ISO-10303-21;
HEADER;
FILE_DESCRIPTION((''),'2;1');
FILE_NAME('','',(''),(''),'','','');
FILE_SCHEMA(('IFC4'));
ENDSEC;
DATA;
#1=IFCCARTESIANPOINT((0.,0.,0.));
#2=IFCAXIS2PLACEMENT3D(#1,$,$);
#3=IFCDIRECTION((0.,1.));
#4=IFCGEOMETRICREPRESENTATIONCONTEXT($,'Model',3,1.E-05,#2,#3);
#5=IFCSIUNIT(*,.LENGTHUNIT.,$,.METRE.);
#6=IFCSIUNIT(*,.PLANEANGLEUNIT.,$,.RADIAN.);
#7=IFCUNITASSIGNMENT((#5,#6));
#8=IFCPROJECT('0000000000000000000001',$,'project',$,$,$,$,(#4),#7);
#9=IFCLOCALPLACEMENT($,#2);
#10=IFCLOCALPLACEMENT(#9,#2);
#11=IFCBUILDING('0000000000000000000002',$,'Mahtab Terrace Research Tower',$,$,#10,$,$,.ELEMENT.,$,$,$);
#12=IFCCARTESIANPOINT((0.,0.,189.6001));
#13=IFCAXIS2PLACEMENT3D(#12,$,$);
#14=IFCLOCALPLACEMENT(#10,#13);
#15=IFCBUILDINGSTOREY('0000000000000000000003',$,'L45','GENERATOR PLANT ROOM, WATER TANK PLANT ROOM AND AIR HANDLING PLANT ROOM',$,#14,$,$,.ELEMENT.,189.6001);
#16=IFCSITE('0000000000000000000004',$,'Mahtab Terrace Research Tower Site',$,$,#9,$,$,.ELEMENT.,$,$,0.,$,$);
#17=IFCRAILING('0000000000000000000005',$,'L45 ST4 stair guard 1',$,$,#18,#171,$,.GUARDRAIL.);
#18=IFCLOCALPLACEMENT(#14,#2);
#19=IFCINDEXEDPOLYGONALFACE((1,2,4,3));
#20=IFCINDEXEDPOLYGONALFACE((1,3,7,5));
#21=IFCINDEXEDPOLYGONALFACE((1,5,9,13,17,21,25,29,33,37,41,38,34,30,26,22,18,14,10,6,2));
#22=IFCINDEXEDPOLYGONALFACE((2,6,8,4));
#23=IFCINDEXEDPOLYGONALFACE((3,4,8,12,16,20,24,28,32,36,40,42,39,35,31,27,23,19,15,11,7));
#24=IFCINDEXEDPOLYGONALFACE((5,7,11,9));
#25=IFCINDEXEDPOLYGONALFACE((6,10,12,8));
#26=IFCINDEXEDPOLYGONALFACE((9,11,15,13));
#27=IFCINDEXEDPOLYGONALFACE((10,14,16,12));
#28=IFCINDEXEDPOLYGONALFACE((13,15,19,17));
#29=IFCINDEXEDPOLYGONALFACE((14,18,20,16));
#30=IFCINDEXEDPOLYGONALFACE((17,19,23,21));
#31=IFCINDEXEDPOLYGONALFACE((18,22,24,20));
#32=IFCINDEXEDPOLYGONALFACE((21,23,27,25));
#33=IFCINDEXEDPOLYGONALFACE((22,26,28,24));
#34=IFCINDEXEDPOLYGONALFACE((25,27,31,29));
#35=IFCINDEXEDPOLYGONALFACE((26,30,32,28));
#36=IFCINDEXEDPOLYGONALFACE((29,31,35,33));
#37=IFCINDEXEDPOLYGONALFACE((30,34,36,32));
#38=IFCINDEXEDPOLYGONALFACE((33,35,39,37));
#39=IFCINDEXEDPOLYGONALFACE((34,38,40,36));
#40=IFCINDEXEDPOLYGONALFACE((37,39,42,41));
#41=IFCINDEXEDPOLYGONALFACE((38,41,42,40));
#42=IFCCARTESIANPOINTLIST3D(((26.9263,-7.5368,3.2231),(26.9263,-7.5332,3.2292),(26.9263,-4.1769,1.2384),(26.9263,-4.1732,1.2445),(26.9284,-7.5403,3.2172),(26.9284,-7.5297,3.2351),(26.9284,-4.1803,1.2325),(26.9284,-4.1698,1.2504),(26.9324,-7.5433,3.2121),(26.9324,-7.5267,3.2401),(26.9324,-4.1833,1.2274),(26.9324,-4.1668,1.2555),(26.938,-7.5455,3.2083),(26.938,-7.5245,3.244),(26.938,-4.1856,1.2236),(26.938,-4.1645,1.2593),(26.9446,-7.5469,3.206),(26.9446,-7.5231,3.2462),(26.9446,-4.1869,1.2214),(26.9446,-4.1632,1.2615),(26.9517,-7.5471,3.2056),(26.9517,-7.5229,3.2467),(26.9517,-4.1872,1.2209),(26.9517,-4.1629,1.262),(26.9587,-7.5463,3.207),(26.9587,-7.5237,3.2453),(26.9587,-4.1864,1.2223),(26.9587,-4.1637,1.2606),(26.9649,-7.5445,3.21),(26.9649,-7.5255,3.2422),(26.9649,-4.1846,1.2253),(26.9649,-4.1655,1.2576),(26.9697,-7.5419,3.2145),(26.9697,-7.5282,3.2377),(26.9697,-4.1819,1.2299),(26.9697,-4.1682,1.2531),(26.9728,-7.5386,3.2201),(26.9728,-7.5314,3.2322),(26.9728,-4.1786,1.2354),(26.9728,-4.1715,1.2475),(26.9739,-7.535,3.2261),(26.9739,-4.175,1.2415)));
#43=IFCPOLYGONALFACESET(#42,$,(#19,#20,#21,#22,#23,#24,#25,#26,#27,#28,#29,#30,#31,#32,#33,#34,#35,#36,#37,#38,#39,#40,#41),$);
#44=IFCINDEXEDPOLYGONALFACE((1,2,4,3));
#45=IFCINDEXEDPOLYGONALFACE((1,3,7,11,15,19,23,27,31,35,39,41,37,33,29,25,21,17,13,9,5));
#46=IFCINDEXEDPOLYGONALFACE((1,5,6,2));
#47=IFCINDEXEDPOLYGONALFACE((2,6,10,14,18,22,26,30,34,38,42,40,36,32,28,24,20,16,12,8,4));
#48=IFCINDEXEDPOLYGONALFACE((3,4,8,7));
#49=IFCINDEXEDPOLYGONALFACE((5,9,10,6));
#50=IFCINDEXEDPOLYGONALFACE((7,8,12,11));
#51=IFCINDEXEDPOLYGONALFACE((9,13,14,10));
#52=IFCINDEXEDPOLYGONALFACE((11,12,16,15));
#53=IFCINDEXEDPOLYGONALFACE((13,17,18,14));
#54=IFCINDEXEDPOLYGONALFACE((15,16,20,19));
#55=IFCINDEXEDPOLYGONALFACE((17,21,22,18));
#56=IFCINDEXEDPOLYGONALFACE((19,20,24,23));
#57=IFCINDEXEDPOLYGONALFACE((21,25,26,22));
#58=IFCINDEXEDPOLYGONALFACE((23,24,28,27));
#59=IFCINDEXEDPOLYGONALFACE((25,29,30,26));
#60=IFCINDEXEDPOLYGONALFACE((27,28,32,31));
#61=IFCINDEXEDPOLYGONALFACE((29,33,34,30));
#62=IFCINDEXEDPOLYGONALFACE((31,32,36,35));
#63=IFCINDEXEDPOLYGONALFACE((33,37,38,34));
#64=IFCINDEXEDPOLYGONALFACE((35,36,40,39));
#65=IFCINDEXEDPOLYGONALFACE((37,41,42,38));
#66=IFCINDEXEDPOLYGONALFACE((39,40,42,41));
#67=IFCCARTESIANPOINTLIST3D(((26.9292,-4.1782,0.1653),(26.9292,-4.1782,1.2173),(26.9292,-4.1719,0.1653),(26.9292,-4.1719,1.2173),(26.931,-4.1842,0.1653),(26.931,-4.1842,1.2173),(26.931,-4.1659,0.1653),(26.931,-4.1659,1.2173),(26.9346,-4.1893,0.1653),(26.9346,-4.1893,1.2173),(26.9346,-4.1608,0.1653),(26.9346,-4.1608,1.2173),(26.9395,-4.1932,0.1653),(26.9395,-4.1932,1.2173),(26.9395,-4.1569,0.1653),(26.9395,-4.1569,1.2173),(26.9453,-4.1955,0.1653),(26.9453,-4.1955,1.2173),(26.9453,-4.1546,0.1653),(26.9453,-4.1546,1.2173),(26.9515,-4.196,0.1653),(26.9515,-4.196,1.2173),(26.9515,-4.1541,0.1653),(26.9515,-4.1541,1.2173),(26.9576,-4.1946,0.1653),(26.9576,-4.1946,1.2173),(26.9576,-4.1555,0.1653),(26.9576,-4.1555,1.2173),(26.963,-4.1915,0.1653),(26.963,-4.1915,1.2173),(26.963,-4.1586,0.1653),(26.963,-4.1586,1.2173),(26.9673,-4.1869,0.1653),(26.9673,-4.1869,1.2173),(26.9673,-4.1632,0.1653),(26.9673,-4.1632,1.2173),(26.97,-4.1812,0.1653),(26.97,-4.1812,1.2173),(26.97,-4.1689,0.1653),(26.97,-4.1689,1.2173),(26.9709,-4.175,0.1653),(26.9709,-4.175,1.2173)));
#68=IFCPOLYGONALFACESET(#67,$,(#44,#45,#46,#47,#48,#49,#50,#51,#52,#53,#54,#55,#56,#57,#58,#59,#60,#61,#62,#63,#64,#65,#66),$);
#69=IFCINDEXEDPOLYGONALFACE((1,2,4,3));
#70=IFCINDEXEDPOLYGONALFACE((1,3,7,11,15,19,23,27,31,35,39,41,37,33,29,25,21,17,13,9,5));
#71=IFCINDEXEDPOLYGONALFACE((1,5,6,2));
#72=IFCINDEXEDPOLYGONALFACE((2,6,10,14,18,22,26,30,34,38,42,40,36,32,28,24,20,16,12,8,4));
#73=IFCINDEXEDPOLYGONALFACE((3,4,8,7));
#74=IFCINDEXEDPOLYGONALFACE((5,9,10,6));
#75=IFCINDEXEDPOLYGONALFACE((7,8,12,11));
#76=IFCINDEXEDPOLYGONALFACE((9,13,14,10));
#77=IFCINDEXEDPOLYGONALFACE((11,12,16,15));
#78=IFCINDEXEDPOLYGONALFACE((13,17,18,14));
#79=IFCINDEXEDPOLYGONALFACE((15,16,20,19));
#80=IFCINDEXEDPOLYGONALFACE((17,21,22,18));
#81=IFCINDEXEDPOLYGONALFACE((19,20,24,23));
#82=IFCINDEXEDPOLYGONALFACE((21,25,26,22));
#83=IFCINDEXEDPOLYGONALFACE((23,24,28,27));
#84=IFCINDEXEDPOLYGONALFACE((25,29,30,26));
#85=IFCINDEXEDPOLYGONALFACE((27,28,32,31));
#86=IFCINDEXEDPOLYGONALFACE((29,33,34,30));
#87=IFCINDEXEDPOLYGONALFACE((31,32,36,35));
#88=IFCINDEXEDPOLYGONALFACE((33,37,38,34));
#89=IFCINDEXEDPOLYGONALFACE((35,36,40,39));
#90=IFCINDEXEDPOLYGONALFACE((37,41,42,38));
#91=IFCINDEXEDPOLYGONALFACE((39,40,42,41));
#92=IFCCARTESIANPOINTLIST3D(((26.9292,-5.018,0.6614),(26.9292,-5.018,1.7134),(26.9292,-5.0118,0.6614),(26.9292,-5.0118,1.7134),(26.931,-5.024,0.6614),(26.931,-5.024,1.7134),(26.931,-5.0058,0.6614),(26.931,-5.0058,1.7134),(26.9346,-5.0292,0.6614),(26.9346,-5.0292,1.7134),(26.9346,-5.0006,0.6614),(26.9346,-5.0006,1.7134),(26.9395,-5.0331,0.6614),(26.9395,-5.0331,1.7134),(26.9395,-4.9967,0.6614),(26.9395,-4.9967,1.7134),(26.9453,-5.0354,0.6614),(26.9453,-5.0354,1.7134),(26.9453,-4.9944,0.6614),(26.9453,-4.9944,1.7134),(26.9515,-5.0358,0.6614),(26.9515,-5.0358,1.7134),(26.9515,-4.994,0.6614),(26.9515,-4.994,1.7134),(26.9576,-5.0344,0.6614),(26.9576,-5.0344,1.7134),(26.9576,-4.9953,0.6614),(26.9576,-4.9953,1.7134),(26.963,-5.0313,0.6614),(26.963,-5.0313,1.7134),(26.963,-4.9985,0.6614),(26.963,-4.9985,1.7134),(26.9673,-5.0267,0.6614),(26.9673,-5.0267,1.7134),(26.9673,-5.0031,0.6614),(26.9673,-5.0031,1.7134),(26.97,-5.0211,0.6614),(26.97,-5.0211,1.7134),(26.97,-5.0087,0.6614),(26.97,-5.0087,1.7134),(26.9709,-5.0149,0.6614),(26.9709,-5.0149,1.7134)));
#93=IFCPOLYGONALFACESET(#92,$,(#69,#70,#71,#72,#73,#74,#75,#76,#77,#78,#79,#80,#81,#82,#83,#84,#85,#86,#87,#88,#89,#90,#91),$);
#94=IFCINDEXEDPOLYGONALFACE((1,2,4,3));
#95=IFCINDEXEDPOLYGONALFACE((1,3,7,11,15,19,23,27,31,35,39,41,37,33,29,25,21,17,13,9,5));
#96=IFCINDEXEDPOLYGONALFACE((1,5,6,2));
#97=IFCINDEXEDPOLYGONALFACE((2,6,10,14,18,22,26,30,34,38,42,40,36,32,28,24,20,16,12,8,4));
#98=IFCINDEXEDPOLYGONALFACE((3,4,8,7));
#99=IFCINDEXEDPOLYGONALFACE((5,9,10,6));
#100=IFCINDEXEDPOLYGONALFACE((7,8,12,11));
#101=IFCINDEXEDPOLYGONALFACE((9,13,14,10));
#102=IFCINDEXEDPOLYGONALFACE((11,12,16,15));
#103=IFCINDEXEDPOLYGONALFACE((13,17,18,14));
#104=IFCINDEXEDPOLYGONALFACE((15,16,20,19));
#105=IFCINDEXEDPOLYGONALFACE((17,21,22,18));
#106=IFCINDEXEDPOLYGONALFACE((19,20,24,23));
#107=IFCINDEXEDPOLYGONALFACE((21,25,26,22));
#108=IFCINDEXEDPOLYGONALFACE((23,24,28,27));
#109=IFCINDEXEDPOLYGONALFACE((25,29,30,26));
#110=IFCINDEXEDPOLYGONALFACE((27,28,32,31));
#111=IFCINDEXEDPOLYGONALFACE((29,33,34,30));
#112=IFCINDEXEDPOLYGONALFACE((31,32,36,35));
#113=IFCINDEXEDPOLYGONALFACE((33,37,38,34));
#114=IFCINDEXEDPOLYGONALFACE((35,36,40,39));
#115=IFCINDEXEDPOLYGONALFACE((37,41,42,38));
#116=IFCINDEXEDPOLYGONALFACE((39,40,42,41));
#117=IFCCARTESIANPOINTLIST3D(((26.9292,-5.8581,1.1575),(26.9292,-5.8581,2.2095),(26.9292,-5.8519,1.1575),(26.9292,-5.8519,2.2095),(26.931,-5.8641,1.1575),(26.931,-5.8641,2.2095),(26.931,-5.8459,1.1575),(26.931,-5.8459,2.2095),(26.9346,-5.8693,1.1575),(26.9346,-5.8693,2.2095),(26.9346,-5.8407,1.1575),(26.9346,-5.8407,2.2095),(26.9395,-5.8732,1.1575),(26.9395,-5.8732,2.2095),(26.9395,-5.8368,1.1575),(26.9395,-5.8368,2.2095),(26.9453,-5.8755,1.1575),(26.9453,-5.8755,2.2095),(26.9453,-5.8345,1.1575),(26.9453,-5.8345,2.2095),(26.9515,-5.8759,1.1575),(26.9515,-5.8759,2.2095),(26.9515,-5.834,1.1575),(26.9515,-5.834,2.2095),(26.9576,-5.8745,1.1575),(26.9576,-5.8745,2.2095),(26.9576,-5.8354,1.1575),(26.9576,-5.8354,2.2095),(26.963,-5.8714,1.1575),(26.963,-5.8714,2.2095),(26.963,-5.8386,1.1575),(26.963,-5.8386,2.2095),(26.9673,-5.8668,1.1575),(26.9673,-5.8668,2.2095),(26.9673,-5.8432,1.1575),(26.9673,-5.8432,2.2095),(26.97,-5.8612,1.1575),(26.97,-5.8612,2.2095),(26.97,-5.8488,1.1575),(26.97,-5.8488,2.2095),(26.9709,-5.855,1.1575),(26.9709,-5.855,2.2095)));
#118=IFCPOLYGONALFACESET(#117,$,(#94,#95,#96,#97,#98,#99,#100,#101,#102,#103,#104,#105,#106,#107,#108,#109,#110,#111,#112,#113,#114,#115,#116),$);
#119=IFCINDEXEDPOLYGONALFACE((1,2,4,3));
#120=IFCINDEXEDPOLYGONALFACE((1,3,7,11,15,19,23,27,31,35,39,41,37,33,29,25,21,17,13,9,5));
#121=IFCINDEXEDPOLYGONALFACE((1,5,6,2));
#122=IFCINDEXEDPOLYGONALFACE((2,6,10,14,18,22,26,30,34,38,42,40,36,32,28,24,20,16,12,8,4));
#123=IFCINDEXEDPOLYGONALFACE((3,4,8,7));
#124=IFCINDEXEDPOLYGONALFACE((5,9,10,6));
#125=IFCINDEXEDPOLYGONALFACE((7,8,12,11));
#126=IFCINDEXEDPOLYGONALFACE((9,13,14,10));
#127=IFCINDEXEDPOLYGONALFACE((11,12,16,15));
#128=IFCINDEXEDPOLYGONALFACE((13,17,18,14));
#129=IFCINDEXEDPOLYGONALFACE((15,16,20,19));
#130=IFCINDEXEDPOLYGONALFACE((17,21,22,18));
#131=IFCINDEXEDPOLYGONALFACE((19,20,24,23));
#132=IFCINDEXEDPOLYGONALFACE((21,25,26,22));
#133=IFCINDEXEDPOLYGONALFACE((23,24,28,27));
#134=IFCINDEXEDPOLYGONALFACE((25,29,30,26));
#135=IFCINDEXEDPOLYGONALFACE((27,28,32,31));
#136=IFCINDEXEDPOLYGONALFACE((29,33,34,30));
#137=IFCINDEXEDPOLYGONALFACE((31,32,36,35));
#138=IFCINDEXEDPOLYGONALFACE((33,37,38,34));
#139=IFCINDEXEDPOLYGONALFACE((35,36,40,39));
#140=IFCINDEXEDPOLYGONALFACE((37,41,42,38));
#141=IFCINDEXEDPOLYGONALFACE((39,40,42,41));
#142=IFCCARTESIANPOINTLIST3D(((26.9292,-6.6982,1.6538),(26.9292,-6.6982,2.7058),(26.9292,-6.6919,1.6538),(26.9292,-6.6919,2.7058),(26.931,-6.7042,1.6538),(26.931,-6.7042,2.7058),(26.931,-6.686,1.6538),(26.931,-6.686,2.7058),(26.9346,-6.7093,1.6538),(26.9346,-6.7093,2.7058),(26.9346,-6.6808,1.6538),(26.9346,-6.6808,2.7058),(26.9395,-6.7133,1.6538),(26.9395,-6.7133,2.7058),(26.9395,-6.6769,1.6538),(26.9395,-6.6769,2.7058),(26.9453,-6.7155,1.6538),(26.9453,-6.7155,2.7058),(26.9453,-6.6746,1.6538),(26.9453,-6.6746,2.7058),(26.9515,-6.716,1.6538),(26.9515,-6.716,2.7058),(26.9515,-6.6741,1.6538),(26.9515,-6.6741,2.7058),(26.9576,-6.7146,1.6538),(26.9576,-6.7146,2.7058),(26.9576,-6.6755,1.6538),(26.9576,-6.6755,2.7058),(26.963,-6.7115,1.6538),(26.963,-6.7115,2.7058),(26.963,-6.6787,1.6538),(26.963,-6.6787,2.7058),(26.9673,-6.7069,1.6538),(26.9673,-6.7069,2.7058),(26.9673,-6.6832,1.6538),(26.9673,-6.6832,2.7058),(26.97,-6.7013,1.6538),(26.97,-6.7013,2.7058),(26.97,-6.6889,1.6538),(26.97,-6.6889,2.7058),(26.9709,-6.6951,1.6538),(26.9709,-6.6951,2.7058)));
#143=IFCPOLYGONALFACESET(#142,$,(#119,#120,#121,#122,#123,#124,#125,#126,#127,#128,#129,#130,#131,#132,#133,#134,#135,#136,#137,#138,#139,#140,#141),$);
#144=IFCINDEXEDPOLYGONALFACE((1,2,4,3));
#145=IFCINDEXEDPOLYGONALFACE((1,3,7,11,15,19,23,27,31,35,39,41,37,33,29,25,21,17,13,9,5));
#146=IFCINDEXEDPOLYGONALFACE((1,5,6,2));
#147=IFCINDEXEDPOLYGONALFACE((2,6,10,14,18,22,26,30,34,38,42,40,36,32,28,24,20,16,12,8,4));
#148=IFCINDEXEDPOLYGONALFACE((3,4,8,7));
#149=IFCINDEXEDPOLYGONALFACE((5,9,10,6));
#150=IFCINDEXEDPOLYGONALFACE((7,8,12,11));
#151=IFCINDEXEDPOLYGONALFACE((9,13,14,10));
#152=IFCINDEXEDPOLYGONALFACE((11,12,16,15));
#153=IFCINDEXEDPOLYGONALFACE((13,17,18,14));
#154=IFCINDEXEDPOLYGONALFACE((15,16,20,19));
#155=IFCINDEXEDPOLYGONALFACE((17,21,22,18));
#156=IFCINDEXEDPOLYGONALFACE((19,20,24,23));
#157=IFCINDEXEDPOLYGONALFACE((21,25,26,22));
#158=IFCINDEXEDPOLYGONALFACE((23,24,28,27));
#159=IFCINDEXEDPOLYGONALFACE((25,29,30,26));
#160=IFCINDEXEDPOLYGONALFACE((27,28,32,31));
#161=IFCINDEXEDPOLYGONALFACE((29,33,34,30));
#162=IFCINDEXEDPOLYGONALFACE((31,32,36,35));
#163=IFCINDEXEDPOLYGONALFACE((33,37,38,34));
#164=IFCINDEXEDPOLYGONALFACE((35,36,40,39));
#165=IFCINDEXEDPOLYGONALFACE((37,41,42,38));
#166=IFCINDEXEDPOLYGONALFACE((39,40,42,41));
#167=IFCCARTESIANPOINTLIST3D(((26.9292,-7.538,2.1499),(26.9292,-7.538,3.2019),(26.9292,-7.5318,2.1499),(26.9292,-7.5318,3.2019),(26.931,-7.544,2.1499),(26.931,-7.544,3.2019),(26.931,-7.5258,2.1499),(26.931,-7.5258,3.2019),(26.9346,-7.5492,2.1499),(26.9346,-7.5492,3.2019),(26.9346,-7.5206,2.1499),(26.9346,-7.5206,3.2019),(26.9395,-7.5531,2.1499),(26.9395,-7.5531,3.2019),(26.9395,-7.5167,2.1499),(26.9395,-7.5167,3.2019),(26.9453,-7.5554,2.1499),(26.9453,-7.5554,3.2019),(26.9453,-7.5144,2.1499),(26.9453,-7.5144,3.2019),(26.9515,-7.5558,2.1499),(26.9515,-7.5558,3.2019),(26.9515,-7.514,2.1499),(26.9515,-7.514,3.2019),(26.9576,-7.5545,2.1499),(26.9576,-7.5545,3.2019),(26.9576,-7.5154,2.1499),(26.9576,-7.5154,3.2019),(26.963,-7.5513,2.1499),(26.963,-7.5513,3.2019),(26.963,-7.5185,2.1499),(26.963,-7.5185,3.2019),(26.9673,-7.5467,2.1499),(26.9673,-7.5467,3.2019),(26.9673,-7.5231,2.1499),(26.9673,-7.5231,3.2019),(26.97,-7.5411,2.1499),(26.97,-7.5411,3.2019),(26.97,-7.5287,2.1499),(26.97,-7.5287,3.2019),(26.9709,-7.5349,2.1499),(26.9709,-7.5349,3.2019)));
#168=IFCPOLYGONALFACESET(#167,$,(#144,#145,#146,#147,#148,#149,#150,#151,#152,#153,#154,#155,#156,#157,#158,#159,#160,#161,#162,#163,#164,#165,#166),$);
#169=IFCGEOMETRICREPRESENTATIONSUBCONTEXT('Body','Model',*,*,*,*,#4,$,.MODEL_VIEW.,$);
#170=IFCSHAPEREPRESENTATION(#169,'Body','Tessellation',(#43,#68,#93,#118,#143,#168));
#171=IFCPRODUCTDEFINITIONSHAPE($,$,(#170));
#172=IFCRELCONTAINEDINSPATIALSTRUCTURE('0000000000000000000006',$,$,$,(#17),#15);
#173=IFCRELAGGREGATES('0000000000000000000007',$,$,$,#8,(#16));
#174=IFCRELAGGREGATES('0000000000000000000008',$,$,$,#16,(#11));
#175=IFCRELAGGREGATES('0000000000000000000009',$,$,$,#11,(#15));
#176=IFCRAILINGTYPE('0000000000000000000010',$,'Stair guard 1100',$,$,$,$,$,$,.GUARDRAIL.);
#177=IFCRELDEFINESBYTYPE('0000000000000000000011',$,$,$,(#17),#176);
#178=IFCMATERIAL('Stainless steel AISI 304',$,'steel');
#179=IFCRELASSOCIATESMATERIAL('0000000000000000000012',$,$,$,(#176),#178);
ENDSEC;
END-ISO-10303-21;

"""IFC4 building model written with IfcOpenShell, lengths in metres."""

from ifc_helpers import new_model, si_unit, direction, frame, origin, origin_2d, place, context, subcontext, project, spatial, circle, extrude, material, type_object, element, save


model = new_model("IFC4")

# Units and contexts
model_context = context("Model", 3, precision=1e-05, world=origin(), true_north=direction((0.0, 1.0)))
body_context = subcontext(model_context, "Body", "Model", "MODEL_VIEW")
ifc_project = project(units=[si_unit("LENGTHUNIT", "METRE"), si_unit("PLANEANGLEUNIT", "RADIAN")], contexts=[model_context])

# Site, building, storey
site_placement = place(None, origin())
site = spatial("IfcSite", under=ifc_project, at=site_placement, Name="Mahtab Terrace Research Tower Site", CompositionType="ELEMENT", RefElevation=0.0)
building_placement = place(site_placement, origin())
building = spatial("IfcBuilding", under=site, at=building_placement, Name="Mahtab Terrace Research Tower", CompositionType="ELEMENT")
storey_placement = place(building_placement, frame((0.0, 0.0, 189.6001)))
storey = spatial("IfcBuildingStorey", under=building, at=storey_placement, Name="L45", Description="GENERATOR PLANT ROOM, WATER TANK PLANT ROOM AND AIR HANDLING PLANT ROOM", CompositionType="ELEMENT", Elevation=189.6001)

# Shared definitions
ifc_material_1 = material(Name="Stainless steel AISI 304", Category="steel")

# Railing
railing_type_1 = type_object("IfcRailingType", Name="Stair guard 1100", PredefinedType="GUARDRAIL", material=ifc_material_1)
railing_1_placement = place(storey_placement, frame((26.95, -4.175, 0.1653)))
element("IfcRailing", 1, at=railing_1_placement, inside=storey, type_object=railing_type_1, Name="L45 ST4 stair guard 1", PredefinedType="GUARDRAIL", context=body_context, shape_type="SweptSolid", body=[
    extrude(circle(Radius=0.0239, at=origin_2d()), frame((0.0, 0.0, 1.0762), z_axis=(0.0, -0.861011, 0.508586), x_axis=(1.0, 0.0, 0.0)), (0.0, 0.0, 1.0), 3.9023),
    extrude(circle(Radius=0.021, at=origin_2d()), origin(), (0.0, 0.0, 1.0), 1.052),
    extrude(circle(Radius=0.021, at=origin_2d()), frame((0.0, -0.8398, 0.4961)), (0.0, 0.0, 1.0), 1.052),
    extrude(circle(Radius=0.021, at=origin_2d()), frame((0.0, -1.6799, 0.9922)), (0.0, 0.0, 1.0), 1.052),
    extrude(circle(Radius=0.021, at=origin_2d()), frame((0.0, -2.52, 1.4885)), (0.0, 0.0, 1.0), 1.052),
    extrude(circle(Radius=0.021, at=origin_2d()), frame((0.0, -3.3599, 1.9846)), (0.0, 0.0, 1.0), 1.052),
])

save(model, "model.ifc")
